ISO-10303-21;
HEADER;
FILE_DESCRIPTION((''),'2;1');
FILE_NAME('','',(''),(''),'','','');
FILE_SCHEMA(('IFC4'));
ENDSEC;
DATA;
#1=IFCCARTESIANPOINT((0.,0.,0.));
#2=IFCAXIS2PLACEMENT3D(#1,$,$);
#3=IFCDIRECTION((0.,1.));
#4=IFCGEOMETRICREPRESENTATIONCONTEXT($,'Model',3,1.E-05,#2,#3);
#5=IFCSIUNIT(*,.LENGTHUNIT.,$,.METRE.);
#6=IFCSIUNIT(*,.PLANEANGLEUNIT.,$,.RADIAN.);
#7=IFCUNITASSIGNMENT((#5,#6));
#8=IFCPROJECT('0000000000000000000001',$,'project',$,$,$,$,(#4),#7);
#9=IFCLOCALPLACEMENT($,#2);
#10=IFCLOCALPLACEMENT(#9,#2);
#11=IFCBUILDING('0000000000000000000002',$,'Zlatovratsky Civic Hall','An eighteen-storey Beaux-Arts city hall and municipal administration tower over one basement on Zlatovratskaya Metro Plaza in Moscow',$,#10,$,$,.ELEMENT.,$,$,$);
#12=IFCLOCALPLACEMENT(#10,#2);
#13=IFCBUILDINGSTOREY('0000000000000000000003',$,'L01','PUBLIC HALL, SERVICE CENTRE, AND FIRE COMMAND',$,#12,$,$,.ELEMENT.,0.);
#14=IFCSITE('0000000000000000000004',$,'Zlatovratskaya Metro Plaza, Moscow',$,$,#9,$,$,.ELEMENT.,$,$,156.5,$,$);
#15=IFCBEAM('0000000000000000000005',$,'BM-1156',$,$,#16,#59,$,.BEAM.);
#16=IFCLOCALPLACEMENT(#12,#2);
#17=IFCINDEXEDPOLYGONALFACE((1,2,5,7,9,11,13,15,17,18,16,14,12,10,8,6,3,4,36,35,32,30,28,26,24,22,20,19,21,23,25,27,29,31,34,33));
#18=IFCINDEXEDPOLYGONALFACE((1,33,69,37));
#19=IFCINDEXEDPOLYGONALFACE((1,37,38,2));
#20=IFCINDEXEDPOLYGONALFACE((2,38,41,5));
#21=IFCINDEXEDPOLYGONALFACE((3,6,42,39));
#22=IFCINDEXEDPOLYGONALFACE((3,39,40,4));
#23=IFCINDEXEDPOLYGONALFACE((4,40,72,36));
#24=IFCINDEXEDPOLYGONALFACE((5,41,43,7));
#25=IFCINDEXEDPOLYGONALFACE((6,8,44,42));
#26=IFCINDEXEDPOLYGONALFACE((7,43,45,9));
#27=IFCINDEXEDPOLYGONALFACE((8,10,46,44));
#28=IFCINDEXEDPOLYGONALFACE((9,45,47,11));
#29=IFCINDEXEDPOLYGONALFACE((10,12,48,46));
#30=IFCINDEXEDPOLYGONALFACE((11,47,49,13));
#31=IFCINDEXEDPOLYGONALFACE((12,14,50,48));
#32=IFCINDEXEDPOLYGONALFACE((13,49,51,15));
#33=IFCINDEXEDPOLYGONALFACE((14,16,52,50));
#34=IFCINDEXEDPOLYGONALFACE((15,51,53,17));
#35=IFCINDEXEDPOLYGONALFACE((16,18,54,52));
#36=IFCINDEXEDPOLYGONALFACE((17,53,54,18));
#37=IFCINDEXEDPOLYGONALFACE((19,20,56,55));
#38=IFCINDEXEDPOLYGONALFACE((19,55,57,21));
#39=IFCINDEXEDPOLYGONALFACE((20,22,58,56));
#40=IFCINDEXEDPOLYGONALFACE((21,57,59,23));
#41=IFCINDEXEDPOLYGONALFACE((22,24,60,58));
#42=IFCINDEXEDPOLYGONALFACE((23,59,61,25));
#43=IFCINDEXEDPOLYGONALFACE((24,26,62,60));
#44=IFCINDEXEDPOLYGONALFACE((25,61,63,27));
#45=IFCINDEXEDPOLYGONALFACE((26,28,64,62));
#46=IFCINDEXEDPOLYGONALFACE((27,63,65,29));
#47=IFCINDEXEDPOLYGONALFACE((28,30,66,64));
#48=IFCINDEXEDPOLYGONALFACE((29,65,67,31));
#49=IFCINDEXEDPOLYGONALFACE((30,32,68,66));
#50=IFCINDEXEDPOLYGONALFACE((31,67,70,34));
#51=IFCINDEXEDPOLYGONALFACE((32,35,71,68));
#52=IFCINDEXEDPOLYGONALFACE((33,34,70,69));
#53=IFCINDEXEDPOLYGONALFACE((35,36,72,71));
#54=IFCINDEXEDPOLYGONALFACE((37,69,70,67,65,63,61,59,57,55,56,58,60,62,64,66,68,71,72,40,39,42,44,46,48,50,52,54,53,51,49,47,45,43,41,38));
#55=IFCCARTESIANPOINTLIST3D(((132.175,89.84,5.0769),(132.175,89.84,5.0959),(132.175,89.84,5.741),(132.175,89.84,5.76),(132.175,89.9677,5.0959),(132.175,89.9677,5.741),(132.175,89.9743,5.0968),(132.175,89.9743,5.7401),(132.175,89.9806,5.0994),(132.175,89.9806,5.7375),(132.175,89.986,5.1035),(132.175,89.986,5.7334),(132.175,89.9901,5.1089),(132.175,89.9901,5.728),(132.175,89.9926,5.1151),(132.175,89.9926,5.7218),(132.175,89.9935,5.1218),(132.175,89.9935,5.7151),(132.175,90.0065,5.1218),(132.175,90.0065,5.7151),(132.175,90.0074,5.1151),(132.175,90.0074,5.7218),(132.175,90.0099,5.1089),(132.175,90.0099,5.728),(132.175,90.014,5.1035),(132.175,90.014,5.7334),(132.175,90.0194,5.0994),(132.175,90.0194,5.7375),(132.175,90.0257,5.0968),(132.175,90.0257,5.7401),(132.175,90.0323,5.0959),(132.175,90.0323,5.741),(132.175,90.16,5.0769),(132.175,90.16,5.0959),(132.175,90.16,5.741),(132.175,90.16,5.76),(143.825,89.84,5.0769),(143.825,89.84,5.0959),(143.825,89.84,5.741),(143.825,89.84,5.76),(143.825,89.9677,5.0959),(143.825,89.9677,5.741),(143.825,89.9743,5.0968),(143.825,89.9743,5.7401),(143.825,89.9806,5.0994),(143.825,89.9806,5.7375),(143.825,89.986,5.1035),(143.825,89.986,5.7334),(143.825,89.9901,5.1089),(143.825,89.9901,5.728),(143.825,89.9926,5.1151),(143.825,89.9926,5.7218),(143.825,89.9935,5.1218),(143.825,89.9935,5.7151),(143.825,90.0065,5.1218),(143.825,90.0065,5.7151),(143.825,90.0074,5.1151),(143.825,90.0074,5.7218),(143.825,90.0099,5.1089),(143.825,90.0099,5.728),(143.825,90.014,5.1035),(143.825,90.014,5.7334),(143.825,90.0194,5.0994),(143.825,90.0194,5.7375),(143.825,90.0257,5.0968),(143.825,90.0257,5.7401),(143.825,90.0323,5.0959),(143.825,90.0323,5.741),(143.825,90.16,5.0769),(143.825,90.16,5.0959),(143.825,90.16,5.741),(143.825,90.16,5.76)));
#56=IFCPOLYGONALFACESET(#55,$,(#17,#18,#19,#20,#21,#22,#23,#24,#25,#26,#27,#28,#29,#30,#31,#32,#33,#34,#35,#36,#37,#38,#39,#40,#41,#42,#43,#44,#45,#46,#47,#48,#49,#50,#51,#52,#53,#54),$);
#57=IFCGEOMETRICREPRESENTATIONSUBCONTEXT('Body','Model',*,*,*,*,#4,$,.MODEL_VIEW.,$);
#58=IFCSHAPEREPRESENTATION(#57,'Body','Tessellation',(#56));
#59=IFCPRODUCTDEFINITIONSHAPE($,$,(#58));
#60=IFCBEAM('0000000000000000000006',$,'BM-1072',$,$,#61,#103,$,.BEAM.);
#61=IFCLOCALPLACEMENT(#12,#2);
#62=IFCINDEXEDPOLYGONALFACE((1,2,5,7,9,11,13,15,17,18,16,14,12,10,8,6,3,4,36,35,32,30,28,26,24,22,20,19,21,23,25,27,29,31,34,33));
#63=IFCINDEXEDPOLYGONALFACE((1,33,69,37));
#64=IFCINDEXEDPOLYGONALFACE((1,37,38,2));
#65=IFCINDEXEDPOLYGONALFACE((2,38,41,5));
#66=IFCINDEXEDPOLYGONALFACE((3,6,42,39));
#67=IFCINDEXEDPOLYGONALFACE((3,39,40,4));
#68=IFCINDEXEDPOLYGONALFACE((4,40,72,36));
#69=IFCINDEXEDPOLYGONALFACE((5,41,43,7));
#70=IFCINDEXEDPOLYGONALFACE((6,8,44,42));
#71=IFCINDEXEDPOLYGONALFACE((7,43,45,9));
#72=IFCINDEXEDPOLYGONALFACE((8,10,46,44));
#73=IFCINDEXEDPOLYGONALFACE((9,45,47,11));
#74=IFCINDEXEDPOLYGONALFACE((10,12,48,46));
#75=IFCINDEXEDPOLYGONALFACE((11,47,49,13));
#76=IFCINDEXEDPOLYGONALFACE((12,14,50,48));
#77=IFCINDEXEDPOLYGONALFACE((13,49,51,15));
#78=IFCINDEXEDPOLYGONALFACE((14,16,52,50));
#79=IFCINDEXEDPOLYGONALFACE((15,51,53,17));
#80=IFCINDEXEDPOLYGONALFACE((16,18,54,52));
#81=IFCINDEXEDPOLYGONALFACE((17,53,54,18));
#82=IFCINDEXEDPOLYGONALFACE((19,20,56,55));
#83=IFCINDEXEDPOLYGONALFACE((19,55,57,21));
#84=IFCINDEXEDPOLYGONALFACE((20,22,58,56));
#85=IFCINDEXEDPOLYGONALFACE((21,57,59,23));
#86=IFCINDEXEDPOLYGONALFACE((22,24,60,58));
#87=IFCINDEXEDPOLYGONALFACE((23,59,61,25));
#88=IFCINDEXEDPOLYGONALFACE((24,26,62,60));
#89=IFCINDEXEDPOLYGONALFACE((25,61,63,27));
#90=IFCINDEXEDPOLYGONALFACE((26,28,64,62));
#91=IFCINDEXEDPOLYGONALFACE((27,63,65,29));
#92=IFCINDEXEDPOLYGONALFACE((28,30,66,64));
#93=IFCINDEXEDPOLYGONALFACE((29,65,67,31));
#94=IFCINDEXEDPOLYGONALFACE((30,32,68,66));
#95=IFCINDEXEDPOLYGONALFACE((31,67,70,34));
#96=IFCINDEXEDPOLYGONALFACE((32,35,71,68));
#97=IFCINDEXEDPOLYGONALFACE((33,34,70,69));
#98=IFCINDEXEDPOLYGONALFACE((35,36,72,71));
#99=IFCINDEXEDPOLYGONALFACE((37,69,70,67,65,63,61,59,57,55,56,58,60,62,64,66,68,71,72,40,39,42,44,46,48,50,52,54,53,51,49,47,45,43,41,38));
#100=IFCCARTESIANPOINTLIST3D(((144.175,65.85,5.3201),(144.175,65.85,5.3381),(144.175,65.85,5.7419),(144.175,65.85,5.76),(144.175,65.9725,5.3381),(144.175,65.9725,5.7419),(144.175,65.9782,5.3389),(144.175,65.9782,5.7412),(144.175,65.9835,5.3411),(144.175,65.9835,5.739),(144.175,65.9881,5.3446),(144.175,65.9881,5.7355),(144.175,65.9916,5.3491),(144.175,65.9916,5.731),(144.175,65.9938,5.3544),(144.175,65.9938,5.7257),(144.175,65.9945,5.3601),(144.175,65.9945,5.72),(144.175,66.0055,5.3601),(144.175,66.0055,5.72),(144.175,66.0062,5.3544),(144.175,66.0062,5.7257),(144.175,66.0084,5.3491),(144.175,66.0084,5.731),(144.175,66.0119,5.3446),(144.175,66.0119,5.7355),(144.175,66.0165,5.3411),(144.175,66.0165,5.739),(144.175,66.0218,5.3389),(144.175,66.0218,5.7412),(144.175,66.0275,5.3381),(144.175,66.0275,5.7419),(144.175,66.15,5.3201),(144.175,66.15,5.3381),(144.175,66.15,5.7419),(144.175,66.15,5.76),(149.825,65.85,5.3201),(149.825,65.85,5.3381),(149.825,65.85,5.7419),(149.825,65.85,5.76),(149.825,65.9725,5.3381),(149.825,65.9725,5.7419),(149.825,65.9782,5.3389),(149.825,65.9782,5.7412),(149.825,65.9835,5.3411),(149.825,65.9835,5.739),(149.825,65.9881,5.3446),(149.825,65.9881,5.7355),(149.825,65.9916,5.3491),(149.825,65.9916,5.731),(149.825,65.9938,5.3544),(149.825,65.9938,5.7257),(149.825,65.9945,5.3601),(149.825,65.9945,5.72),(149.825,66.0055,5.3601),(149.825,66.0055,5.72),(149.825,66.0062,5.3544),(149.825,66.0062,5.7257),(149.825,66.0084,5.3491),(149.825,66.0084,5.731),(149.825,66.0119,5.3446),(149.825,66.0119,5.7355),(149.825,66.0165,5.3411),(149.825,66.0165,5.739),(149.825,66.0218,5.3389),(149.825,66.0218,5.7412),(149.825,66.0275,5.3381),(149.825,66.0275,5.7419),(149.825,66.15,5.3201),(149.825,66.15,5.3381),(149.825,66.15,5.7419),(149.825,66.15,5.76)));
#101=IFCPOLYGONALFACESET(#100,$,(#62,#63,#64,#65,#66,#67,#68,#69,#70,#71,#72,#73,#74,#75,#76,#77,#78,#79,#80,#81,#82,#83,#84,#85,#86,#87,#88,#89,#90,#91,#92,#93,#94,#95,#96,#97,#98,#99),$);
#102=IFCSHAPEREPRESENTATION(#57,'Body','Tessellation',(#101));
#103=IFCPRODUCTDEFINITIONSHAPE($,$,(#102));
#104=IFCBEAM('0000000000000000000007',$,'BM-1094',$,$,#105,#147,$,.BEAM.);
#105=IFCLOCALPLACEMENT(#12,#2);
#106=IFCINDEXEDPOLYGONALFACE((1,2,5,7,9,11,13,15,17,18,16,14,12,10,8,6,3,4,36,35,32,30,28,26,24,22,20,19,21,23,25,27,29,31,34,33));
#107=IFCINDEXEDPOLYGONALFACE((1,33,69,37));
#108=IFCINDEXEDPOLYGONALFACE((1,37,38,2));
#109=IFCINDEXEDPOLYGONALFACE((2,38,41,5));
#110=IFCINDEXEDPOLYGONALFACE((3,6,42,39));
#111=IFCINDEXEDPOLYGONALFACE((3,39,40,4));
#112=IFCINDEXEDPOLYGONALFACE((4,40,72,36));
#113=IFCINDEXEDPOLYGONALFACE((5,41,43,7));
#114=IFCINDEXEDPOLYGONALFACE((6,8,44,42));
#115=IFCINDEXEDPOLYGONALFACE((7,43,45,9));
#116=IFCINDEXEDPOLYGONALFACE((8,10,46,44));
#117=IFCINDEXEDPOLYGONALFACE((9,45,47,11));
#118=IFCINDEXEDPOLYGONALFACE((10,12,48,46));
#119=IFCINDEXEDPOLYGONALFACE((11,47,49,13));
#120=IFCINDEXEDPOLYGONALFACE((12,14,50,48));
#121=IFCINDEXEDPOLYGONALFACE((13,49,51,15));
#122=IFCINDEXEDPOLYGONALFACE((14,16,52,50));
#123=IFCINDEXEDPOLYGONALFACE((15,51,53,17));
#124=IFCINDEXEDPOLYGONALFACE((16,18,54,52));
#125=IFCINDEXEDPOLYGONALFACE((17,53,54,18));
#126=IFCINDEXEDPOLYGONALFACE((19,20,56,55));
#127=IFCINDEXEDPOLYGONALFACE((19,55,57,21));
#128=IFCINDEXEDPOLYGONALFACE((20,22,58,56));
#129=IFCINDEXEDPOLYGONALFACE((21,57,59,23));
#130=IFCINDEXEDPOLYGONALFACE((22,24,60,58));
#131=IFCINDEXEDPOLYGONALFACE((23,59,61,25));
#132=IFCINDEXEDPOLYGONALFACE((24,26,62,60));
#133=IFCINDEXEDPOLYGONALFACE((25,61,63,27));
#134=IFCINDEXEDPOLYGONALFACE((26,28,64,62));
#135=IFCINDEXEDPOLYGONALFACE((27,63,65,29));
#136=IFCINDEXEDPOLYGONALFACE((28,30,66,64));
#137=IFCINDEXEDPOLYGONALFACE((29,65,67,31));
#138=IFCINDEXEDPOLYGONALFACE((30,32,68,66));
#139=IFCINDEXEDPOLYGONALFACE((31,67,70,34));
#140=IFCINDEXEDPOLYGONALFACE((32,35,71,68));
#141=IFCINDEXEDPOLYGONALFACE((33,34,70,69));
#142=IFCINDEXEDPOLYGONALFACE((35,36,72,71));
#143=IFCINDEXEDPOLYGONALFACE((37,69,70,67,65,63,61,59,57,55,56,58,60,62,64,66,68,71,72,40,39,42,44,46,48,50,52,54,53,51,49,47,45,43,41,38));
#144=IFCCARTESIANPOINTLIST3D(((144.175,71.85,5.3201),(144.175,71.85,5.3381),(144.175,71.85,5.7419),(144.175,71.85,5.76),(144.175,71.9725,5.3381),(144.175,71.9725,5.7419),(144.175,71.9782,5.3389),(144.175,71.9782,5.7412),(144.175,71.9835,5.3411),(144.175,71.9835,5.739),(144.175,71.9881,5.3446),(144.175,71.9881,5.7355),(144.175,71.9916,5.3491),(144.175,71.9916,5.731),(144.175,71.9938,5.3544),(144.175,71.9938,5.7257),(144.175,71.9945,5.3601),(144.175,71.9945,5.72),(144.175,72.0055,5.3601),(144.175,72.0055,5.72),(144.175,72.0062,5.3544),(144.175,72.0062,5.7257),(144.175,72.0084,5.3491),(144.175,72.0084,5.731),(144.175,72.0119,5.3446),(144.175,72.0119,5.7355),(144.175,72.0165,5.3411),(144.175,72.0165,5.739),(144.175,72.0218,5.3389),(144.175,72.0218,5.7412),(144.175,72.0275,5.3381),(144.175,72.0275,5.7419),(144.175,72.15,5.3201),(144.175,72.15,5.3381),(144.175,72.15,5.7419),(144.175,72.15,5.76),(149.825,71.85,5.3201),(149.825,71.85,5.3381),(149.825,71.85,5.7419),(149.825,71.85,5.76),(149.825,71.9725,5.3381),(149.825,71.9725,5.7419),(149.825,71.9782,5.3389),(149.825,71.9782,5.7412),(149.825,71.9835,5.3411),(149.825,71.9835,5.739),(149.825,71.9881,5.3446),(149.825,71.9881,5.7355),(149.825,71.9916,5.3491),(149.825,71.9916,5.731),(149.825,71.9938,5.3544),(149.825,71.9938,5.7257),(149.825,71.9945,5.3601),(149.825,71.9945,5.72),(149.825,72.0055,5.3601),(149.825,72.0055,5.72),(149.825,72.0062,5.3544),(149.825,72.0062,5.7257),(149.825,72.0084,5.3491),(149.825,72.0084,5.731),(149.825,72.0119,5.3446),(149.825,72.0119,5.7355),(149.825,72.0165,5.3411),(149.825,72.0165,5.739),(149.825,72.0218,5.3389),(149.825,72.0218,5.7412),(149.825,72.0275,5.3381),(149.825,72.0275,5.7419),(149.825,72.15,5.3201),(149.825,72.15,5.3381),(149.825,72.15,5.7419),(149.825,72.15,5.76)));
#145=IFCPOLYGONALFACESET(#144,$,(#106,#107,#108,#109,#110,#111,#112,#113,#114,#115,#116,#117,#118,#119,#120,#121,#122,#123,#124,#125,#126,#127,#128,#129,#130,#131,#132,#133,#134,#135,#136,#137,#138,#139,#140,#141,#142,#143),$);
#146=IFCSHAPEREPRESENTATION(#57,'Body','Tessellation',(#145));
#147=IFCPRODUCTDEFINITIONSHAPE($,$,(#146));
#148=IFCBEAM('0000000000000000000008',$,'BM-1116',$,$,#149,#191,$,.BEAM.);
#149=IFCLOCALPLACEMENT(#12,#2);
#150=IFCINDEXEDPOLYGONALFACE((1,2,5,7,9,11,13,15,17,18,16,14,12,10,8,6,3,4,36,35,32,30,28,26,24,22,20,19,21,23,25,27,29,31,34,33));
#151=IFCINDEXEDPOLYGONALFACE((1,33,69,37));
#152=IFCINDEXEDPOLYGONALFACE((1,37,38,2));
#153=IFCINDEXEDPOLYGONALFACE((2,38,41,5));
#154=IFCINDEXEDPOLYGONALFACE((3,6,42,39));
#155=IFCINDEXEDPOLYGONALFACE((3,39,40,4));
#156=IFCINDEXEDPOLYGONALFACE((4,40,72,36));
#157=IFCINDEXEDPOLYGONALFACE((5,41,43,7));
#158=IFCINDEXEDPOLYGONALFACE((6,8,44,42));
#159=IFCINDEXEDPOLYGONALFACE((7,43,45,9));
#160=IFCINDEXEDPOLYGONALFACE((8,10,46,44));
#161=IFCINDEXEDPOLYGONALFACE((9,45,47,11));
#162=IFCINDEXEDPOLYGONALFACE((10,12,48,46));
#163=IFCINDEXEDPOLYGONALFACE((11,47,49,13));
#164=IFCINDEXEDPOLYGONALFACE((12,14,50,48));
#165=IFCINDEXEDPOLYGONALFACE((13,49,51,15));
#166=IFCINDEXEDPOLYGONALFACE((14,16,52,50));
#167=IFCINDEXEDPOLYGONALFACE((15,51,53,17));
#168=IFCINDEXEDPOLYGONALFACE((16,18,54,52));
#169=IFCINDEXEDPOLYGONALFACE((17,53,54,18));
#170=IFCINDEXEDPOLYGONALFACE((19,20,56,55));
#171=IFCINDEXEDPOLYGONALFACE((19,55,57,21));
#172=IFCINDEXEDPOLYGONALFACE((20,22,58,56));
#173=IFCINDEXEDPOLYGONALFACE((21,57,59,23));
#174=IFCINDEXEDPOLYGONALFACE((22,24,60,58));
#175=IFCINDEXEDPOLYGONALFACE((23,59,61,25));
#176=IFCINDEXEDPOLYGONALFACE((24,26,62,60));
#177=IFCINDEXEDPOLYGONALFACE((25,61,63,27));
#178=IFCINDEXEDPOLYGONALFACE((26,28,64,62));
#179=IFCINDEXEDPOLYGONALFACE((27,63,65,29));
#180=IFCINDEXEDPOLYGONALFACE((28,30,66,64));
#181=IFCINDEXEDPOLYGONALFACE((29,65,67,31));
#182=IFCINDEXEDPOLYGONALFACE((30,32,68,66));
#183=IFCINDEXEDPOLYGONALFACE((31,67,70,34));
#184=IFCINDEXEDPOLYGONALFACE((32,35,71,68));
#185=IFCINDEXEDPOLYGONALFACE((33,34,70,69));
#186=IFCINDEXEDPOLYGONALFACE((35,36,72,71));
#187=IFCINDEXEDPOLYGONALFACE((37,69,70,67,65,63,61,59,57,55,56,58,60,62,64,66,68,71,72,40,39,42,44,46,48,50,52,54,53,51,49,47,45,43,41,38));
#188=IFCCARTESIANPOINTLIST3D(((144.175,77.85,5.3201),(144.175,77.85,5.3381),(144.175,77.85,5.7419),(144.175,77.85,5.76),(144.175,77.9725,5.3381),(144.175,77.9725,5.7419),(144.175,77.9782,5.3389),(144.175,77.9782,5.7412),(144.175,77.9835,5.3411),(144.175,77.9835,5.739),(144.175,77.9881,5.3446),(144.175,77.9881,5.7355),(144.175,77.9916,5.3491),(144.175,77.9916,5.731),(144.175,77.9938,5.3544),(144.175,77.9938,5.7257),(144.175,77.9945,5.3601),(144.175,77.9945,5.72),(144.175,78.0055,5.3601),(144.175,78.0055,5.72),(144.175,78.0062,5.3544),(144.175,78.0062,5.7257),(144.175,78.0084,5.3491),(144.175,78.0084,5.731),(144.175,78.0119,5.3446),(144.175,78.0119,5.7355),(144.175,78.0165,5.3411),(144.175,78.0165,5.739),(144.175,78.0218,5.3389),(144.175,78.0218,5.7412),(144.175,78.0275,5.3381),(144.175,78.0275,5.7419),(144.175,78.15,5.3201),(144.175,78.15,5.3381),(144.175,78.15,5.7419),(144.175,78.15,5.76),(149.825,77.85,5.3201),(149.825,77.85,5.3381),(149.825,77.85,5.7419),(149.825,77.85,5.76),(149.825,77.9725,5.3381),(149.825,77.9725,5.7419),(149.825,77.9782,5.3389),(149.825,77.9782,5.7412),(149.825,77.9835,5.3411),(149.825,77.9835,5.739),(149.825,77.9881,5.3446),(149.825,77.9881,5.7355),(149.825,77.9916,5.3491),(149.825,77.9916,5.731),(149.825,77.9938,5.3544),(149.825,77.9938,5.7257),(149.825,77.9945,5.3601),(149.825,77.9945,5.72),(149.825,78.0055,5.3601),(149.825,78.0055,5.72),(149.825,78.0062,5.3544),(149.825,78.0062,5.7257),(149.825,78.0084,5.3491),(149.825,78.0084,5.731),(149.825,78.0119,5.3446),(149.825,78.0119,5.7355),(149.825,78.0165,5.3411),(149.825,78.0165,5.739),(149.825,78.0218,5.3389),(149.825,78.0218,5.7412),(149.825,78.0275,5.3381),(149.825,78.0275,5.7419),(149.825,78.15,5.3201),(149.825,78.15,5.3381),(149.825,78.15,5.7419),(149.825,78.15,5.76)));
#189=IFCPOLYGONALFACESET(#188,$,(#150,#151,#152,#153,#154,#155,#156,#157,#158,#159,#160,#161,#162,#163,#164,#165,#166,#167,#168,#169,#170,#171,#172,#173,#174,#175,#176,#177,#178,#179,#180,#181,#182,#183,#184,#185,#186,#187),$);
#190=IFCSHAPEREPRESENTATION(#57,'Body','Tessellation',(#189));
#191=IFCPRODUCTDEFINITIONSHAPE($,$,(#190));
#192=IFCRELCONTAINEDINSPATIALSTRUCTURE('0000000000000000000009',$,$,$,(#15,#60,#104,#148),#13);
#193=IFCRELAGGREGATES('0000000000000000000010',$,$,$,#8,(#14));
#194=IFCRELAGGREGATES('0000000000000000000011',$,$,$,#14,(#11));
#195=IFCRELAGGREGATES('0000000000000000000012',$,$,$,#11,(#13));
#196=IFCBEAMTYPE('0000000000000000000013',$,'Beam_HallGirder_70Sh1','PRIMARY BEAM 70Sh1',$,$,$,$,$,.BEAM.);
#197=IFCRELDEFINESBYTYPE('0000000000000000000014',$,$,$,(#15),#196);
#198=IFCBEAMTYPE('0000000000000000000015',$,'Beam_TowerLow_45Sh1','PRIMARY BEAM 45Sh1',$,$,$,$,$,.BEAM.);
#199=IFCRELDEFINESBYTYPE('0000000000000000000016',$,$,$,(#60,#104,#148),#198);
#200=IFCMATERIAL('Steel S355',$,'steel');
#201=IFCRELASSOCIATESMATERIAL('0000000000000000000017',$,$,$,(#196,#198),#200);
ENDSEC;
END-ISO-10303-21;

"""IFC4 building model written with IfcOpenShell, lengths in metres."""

from ifc_helpers import new_model, si_unit, direction, frame, origin, origin_2d, place, context, subcontext, project, spatial, i_section, extrude, material, material_profile, profile_set, type_object, element, save


model = new_model("IFC4")

# Units and contexts
model_context = context("Model", 3, precision=1e-05, world=origin(), true_north=direction((0.0, 1.0)))
body_context = subcontext(model_context, "Body", "Model", "MODEL_VIEW")
ifc_project = project(units=[si_unit("LENGTHUNIT", "METRE"), si_unit("PLANEANGLEUNIT", "RADIAN")], contexts=[model_context])

# Site, building, storey
site_placement = place(None, origin())
site = spatial("IfcSite", under=ifc_project, at=site_placement, Name="Zlatovratskaya Metro Plaza, Moscow", CompositionType="ELEMENT", RefElevation=156.5)
building_placement = place(site_placement, origin())
building = spatial("IfcBuilding", under=site, at=building_placement, Name="Zlatovratsky Civic Hall", Description="An eighteen-storey Beaux-Arts city hall and municipal administration tower over one basement on Zlatovratskaya Metro Plaza in Moscow", CompositionType="ELEMENT")
storey_placement = place(building_placement, origin())
storey = spatial("IfcBuildingStorey", under=building, at=storey_placement, Name="L01", Description="PUBLIC HALL, SERVICE CENTRE, AND FIRE COMMAND", CompositionType="ELEMENT", Elevation=0.0)

# Shared definitions
ifc_material_1 = material(Name="Steel S355", Category="steel")

# Beams
ifc_material_profile_1 = material_profile(ifc_material_1, i_section(OverallWidth=0.3201, OverallDepth=0.6831, WebThickness=0.0129, FlangeThickness=0.019, FilletRadius=0.0259, at=origin_2d()), Name="70Sh1")
ifc_profile_set_1 = profile_set([ifc_material_profile_1], Name="Steel S355")
beam_type_1 = type_object("IfcBeamType", Name="Beam_HallGirder_70Sh1", Description="PRIMARY BEAM 70Sh1", PredefinedType="BEAM", material=ifc_profile_set_1)
for number, where, z_axis, x_axis, name in (
    (1, (132.175, 90.0, 5.4185), (1.0, 0.0, 0.0), (0.0, 1.0, 0.0), "BM-1156"),
):
    element("IfcBeam", number, at=place(storey_placement, frame(where, z_axis=z_axis, x_axis=x_axis)), inside=storey, type_object=beam_type_1, Name=name, PredefinedType="BEAM", context=body_context, shape_type="SweptSolid", body=[
        extrude(i_section(OverallWidth=0.3201, OverallDepth=0.6831, WebThickness=0.0129, FlangeThickness=0.019, FilletRadius=0.0259, at=origin_2d()), origin(), (0.0, 0.0, 1.0), 11.6499),
    ])
ifc_material_profile_2 = material_profile(ifc_material_1, i_section(OverallWidth=0.3, OverallDepth=0.4399, WebThickness=0.011, FlangeThickness=0.0181, FilletRadius=0.022, at=origin_2d()), Name="45Sh1")
ifc_profile_set_2 = profile_set([ifc_material_profile_2], Name="Steel S355")
beam_type_2 = type_object("IfcBeamType", Name="Beam_TowerLow_45Sh1", Description="PRIMARY BEAM 45Sh1", PredefinedType="BEAM", material=ifc_profile_set_2)
for number, where, z_axis, x_axis, name in (
    (2, (144.175, 66.0, 5.54), (1.0, 0.0, 0.0), (0.0, 1.0, 0.0), "BM-1072"),
    (3, (144.175, 72.0, 5.54), (1.0, 0.0, 0.0), (0.0, 1.0, 0.0), "BM-1094"),
    (4, (144.175, 78.0, 5.54), (1.0, 0.0, 0.0), (0.0, 1.0, 0.0), "BM-1116"),
):
    element("IfcBeam", number, at=place(storey_placement, frame(where, z_axis=z_axis, x_axis=x_axis)), inside=storey, type_object=beam_type_2, Name=name, PredefinedType="BEAM", context=body_context, shape_type="SweptSolid", body=[
        extrude(i_section(OverallWidth=0.3, OverallDepth=0.4399, WebThickness=0.011, FlangeThickness=0.0181, FilletRadius=0.022, at=origin_2d()), origin(), (0.0, 0.0, 1.0), 5.6499),
    ])

save(model, "model.ifc")
